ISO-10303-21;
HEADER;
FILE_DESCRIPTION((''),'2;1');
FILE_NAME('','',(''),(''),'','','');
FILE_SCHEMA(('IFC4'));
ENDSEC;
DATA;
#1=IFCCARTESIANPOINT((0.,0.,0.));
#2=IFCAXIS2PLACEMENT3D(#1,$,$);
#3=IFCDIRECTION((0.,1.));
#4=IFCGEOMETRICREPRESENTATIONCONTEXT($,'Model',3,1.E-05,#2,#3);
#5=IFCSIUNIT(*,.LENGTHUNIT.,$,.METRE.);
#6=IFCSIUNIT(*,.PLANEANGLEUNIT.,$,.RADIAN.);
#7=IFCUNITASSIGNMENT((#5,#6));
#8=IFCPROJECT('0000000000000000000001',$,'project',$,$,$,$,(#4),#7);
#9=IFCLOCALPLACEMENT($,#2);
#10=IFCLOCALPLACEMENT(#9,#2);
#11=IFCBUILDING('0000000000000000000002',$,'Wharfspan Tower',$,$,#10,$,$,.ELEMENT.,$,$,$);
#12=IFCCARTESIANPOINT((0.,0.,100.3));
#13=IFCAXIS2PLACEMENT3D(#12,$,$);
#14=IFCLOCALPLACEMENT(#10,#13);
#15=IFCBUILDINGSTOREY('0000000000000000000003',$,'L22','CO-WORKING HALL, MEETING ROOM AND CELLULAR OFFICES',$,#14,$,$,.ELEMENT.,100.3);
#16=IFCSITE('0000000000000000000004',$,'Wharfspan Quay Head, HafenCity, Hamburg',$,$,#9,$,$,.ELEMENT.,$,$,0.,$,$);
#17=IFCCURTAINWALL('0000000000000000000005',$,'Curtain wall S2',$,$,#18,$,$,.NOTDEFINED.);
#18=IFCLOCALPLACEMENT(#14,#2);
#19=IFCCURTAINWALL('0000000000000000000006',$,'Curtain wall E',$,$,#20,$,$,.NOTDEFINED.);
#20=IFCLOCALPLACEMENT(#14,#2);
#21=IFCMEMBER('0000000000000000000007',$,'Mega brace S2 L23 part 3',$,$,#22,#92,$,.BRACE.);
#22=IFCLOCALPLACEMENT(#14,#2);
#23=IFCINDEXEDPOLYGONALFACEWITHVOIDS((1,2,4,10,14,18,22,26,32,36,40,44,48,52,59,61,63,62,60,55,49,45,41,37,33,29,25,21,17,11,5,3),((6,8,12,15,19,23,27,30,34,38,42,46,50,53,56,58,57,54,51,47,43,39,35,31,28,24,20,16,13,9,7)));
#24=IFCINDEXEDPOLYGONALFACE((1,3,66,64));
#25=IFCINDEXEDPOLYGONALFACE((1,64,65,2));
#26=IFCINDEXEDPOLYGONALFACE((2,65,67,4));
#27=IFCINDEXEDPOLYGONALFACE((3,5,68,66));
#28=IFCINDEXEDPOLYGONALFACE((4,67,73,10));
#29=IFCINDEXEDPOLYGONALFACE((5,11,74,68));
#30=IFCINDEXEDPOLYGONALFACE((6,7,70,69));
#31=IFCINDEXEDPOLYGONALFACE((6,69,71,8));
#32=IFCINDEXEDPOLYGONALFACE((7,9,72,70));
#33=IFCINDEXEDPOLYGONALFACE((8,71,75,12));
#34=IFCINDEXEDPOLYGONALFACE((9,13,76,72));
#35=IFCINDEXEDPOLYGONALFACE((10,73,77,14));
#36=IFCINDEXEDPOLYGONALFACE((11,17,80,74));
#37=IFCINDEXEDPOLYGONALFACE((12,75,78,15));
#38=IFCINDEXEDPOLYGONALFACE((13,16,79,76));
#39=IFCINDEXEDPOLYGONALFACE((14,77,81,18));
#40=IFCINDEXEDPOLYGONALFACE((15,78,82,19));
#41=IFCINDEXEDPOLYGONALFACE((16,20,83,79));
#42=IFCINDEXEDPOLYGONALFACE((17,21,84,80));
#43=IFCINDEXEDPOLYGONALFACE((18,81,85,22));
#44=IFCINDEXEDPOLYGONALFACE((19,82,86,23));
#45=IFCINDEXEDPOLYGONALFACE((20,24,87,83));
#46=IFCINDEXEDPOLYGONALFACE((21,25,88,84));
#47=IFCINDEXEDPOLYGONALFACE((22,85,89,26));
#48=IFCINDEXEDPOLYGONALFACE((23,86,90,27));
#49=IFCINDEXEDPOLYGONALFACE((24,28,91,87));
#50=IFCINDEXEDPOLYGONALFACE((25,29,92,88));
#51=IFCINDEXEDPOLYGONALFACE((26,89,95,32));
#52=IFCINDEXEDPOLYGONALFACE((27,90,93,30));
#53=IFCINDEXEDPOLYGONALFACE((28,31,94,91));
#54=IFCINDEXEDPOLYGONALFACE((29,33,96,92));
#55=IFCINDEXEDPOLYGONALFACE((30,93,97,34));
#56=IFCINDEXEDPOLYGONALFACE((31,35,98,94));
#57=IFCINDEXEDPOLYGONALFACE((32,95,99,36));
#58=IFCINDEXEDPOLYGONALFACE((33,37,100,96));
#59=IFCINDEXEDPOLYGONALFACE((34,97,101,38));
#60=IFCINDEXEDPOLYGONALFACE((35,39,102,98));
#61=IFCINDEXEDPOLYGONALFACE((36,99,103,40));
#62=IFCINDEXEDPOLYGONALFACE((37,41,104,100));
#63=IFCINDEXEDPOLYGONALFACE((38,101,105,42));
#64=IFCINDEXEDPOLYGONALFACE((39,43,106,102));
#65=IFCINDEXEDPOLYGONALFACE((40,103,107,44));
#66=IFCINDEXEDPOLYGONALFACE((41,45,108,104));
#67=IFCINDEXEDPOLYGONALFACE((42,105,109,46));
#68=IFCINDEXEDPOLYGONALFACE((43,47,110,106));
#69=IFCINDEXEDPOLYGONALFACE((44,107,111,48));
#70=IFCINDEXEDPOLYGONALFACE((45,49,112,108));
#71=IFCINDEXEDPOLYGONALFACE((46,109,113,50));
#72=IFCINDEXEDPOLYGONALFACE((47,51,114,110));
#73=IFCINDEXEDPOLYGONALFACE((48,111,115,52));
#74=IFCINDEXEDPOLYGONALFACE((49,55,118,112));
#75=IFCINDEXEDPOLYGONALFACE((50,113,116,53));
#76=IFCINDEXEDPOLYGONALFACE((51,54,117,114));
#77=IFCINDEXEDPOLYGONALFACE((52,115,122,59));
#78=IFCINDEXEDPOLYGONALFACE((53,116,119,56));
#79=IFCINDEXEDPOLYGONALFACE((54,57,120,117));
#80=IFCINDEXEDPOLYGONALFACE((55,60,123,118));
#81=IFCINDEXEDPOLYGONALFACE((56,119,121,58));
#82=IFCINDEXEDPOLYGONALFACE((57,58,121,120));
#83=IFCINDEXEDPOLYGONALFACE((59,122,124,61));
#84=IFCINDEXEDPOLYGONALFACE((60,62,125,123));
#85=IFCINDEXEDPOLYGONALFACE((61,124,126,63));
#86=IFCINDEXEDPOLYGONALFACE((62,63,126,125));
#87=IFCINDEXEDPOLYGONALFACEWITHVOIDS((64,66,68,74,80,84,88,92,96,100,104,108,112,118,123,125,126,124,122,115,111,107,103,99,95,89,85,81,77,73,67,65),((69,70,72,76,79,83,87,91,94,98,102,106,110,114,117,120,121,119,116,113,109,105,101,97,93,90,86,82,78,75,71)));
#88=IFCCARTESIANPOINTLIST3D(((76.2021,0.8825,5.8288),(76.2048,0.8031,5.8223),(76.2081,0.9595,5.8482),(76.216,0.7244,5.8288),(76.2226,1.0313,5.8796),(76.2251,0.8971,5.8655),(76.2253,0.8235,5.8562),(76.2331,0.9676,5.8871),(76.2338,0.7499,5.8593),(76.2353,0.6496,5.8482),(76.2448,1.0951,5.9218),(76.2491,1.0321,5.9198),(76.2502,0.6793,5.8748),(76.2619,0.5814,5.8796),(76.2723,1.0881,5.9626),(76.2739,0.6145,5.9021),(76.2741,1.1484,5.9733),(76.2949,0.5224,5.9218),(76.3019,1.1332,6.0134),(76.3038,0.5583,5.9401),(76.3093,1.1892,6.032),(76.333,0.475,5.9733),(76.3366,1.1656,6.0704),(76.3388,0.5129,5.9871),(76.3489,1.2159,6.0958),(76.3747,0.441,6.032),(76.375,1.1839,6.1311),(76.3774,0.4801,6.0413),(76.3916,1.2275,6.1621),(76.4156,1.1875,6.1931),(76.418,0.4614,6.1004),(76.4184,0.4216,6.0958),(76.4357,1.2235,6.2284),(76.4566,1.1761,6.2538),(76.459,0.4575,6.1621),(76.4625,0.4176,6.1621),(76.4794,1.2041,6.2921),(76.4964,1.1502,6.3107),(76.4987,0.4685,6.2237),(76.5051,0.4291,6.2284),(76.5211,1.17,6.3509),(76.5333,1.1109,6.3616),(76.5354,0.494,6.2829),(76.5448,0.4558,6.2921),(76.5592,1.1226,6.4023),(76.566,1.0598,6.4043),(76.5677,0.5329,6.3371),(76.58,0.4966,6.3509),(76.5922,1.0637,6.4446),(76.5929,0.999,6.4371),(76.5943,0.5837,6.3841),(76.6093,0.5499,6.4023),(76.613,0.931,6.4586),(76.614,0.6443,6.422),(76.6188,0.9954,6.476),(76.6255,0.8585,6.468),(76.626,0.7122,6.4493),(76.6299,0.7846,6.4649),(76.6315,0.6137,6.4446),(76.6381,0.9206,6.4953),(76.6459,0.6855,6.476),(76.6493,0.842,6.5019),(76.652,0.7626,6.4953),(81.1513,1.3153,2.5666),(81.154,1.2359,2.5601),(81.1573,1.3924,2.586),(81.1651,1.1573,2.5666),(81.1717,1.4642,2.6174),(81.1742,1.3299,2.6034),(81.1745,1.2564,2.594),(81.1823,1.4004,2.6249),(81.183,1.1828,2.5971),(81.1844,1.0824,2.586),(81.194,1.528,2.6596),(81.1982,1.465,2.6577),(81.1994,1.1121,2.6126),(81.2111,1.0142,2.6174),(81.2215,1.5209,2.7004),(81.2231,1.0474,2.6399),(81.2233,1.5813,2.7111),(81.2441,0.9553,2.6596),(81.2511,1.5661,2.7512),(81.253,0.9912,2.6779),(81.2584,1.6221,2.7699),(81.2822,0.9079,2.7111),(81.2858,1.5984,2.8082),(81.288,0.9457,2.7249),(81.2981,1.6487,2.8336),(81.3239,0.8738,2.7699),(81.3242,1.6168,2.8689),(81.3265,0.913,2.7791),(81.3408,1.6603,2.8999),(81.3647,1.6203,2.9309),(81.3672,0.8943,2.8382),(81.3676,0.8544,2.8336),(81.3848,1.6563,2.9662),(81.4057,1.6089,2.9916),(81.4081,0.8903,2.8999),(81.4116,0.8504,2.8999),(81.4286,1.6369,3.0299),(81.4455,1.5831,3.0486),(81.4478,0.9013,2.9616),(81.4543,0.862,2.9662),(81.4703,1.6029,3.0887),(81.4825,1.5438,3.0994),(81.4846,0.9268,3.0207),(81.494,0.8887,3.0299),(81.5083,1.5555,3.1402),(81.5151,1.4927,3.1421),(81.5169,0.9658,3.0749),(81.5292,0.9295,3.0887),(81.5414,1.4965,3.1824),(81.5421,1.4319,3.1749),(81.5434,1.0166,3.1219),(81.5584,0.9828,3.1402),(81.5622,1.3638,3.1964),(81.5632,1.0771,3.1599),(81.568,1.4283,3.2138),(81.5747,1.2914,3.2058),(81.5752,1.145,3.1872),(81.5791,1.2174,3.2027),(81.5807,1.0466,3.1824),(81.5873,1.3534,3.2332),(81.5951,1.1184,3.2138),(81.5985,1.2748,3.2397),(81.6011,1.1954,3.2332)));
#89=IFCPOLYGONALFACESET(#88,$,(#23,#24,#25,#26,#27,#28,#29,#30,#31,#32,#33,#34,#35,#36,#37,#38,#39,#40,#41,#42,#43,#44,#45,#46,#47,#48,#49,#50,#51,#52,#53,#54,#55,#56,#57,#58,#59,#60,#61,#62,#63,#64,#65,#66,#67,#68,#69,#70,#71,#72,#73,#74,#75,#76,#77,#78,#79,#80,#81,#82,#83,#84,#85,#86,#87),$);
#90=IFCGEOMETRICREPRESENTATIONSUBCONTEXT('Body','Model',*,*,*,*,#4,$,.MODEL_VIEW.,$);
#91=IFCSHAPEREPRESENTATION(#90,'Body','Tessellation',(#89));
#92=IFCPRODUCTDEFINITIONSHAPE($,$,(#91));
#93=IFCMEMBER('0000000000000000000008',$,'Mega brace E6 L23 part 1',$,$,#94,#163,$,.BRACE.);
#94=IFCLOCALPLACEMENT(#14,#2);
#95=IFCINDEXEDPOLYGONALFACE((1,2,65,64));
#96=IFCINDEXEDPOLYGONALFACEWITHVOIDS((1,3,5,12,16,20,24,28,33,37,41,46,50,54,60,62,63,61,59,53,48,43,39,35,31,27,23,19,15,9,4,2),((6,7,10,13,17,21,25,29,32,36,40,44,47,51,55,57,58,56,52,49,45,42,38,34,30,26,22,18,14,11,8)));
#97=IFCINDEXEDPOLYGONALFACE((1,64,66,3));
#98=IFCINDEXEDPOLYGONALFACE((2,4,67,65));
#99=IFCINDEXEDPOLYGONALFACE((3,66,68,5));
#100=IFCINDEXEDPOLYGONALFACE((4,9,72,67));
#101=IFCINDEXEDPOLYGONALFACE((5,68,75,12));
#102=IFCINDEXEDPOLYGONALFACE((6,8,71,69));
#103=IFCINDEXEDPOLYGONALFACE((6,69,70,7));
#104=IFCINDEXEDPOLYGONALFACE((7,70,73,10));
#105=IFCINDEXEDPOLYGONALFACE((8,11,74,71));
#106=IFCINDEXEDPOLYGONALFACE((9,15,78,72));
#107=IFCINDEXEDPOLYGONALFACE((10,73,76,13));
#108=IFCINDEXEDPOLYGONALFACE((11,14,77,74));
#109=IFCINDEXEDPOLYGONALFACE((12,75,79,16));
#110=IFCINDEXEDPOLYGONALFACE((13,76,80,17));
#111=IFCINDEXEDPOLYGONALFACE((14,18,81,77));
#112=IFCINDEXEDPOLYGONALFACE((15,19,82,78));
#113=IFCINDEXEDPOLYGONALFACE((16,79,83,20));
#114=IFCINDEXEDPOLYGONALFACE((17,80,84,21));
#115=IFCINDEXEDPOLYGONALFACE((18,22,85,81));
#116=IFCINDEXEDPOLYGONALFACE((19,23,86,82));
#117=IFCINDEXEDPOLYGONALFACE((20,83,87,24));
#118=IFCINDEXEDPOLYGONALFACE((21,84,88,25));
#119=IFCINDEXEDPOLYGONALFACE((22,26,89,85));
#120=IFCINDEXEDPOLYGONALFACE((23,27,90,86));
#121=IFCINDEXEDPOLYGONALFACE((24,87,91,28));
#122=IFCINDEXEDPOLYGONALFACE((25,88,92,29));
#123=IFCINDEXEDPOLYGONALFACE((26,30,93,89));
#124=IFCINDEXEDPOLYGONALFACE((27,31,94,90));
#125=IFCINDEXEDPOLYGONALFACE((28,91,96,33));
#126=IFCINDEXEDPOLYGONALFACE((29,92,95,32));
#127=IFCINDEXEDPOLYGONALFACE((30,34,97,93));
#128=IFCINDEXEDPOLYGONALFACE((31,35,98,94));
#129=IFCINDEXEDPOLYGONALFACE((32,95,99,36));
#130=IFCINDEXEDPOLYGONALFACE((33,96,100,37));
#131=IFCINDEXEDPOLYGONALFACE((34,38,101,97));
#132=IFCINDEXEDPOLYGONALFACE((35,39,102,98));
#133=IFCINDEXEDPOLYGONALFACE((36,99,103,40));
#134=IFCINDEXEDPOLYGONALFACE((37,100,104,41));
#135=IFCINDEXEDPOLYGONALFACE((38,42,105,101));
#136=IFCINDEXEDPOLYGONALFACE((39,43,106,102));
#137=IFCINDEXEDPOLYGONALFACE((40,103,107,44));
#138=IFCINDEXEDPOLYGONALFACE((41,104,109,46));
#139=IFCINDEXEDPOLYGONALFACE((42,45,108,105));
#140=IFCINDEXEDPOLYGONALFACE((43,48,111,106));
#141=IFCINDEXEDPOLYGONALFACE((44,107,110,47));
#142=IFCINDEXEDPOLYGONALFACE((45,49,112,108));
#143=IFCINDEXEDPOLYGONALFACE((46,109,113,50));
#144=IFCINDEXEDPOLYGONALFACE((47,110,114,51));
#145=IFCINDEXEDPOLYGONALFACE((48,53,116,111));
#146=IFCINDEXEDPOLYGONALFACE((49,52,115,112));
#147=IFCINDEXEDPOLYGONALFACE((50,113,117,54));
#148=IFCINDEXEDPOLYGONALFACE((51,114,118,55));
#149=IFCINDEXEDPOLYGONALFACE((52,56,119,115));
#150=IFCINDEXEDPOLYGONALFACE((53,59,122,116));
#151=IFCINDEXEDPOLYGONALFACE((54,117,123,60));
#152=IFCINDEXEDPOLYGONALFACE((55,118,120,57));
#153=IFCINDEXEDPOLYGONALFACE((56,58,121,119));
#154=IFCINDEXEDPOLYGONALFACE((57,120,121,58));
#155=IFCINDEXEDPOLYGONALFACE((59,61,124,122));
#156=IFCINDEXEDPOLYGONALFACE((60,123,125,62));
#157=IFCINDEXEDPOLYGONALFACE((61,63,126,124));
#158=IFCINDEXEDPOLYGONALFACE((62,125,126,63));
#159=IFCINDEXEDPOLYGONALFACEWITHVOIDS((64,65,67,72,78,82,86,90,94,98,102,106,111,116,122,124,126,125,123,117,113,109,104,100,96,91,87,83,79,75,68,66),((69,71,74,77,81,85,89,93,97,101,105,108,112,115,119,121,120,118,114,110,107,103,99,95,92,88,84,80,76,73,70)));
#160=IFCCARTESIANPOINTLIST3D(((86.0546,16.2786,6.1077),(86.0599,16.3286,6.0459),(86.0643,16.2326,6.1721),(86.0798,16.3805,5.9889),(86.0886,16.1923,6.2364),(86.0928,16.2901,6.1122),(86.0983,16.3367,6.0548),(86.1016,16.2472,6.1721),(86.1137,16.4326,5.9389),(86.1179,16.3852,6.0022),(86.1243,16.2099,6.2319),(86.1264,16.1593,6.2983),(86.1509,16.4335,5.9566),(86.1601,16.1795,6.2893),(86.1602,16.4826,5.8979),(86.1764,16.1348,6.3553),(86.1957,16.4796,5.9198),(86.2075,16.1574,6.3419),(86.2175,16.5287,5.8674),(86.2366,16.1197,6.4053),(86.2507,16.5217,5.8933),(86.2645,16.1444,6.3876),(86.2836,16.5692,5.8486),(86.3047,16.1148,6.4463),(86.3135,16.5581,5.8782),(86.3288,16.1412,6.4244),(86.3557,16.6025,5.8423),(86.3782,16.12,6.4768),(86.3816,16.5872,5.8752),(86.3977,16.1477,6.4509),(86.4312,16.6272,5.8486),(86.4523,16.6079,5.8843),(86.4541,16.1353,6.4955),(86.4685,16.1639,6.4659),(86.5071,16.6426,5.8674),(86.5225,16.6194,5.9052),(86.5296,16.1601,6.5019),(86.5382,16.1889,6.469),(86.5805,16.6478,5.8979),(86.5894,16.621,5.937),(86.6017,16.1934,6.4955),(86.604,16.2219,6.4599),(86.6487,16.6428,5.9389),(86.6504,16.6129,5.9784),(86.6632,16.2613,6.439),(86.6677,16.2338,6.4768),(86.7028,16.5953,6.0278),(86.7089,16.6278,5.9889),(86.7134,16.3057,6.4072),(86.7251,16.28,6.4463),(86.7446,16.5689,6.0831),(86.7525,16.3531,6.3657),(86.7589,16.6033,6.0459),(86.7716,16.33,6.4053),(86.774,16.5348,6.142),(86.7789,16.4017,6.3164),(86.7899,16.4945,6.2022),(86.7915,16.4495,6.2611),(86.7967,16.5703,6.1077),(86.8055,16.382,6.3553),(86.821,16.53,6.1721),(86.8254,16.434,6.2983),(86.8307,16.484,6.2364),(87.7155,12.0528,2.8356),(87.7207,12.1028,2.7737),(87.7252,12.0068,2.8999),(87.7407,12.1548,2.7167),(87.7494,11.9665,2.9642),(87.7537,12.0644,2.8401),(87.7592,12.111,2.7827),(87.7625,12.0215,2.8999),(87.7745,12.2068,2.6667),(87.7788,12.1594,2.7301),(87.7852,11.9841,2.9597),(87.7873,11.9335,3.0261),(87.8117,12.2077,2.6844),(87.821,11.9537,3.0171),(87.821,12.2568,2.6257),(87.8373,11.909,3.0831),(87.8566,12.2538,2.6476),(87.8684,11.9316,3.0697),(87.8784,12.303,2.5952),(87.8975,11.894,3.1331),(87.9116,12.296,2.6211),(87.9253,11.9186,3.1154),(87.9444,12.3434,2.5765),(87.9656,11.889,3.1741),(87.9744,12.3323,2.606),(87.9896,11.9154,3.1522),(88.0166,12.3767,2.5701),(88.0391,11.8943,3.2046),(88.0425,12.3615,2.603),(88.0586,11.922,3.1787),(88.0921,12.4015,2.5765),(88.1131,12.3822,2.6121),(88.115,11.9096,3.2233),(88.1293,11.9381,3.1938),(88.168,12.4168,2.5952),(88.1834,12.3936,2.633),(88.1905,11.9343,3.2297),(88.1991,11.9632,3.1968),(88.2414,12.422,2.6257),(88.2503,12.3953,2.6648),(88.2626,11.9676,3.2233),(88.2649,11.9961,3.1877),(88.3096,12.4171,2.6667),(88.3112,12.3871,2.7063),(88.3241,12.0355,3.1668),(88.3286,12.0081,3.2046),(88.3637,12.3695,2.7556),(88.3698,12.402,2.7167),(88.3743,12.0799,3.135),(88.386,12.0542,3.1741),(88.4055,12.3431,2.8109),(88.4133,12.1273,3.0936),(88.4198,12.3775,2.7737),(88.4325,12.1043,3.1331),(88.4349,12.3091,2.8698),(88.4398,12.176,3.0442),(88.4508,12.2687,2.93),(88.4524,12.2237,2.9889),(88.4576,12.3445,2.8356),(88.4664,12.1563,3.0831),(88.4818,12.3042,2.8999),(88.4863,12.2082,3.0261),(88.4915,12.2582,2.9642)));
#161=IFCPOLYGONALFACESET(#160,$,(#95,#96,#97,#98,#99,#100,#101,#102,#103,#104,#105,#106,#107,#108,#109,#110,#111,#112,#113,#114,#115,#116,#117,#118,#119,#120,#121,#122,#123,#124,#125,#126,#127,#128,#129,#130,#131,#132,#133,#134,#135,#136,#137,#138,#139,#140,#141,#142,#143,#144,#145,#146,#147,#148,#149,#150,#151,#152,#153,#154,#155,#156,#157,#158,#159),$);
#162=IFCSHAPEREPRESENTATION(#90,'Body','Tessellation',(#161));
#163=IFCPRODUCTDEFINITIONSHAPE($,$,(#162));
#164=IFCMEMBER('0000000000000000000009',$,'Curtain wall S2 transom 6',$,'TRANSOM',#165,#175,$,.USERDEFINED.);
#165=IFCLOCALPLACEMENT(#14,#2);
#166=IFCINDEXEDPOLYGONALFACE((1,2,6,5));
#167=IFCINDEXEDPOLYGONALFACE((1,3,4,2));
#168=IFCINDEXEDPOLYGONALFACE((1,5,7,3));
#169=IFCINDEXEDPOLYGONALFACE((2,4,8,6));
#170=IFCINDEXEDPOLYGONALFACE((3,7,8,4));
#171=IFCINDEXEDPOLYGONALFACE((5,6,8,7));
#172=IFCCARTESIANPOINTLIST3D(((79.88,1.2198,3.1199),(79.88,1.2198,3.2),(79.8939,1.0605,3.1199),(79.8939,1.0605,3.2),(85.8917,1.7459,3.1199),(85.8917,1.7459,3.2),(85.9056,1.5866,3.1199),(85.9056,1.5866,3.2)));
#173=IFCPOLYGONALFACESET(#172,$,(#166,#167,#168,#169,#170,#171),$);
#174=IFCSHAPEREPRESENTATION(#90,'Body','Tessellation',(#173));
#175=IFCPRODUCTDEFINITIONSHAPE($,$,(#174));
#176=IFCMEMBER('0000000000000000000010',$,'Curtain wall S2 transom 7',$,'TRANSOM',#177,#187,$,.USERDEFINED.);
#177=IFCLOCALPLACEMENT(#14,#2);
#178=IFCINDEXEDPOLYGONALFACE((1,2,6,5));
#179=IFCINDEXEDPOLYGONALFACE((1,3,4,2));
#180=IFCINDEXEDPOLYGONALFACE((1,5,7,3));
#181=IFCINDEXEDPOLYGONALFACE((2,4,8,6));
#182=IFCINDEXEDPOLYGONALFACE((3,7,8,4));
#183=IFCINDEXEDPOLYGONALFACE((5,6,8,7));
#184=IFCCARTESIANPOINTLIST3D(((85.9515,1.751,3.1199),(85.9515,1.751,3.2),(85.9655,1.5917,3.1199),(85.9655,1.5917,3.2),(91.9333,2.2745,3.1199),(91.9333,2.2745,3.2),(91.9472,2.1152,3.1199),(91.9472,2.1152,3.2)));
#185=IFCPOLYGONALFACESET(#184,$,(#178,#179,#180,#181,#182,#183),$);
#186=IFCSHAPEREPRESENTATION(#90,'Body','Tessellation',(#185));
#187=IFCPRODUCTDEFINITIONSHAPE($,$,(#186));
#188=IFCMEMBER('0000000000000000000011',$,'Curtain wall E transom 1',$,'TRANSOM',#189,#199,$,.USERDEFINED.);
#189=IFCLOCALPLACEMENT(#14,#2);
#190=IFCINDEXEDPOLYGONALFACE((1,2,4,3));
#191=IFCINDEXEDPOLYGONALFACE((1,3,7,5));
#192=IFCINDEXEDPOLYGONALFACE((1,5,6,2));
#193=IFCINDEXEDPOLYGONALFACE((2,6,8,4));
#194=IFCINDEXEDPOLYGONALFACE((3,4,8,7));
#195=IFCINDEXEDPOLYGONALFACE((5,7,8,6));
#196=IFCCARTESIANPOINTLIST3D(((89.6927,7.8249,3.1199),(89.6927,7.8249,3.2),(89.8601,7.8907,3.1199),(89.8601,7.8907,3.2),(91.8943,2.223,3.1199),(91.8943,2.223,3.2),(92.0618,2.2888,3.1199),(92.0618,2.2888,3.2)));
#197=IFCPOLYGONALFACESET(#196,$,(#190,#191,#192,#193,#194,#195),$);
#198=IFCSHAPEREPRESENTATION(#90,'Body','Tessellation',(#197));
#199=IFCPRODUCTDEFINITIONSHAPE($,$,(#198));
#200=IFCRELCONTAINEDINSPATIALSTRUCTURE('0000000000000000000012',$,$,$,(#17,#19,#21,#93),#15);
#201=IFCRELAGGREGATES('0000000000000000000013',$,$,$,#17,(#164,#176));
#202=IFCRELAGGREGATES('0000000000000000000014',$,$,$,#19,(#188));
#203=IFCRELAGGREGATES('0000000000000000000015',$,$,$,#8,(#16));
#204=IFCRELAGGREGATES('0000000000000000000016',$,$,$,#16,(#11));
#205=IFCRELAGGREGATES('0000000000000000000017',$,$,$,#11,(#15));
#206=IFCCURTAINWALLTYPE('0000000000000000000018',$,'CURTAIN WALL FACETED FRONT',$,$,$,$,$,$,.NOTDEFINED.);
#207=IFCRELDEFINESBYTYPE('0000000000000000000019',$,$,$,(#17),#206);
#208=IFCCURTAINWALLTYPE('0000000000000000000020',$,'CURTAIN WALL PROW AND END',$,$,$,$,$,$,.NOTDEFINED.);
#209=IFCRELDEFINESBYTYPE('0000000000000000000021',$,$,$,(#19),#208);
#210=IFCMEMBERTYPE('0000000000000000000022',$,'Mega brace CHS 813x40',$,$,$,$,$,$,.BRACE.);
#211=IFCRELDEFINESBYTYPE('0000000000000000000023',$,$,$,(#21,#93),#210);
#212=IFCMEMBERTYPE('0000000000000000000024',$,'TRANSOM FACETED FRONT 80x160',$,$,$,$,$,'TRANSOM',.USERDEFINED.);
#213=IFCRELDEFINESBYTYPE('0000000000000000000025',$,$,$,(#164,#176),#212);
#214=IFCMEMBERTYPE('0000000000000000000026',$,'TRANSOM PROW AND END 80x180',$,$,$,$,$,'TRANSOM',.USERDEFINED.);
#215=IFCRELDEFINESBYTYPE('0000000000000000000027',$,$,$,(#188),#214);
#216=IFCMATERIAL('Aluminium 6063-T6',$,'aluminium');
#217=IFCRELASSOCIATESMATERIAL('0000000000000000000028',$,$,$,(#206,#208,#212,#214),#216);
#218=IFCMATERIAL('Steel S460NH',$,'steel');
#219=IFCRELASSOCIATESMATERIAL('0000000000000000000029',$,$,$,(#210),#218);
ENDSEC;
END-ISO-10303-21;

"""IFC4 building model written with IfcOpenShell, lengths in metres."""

from ifc_helpers import new_model, si_unit, direction, frame, origin, origin_2d, place, context, subcontext, project, spatial, rectangle, hollow_circle, extrude, material, material_profile, profile_set, type_object, element, aggregate, save


model = new_model("IFC4")

# Units and contexts
model_context = context("Model", 3, precision=1e-05, world=origin(), true_north=direction((0.0, 1.0)))
body_context = subcontext(model_context, "Body", "Model", "MODEL_VIEW")
ifc_project = project(units=[si_unit("LENGTHUNIT", "METRE"), si_unit("PLANEANGLEUNIT", "RADIAN")], contexts=[model_context])

# Site, building, storey
site_placement = place(None, origin())
site = spatial("IfcSite", under=ifc_project, at=site_placement, Name="Wharfspan Quay Head, HafenCity, Hamburg", CompositionType="ELEMENT", RefElevation=0.0)
building_placement = place(site_placement, origin())
building = spatial("IfcBuilding", under=site, at=building_placement, Name="Wharfspan Tower", CompositionType="ELEMENT")
storey_placement = place(building_placement, frame((0.0, 0.0, 100.3)))
storey = spatial("IfcBuildingStorey", under=building, at=storey_placement, Name="L22", Description="CO-WORKING HALL, MEETING ROOM AND CELLULAR OFFICES", CompositionType="ELEMENT", Elevation=100.3)

# Curtain walls
ifc_material_1 = material(Name="Aluminium 6063-T6", Category="aluminium")
curtain_wall_type_1 = type_object("IfcCurtainWallType", Name="CURTAIN WALL FACETED FRONT", PredefinedType="NOTDEFINED", material=ifc_material_1)
curtain_wall_1_placement = place(storey_placement, origin())
curtain_wall_1 = element("IfcCurtainWall", 1, at=curtain_wall_1_placement, inside=storey, type_object=curtain_wall_type_1, Name="Curtain wall S2", PredefinedType="NOTDEFINED")
curtain_wall_type_2 = type_object("IfcCurtainWallType", Name="CURTAIN WALL PROW AND END", PredefinedType="NOTDEFINED", material=ifc_material_1)
curtain_wall_2_placement = place(storey_placement, origin())
curtain_wall_2 = element("IfcCurtainWall", 2, at=curtain_wall_2_placement, inside=storey, type_object=curtain_wall_type_2, Name="Curtain wall E", PredefinedType="NOTDEFINED")

# Members
ifc_material_2 = material(Name="Steel S460NH", Category="steel")
ifc_material_profile_1 = material_profile(ifc_material_2, hollow_circle(Radius=0.4065, WallThickness=0.04, at=origin_2d()))
ifc_profile_set_1 = profile_set([ifc_material_profile_1], Name="Steel S460NH")
member_type_1 = type_object("IfcMemberType", Name="Mega brace CHS 813x40", PredefinedType="BRACE", material=ifc_profile_set_1)
member_1_placement = place(storey_placement, frame((81.3762, 1.2554, 2.8999), z_axis=(-0.832724, -0.07283, 0.548878), x_axis=(0.087128, -0.996197, 0.000001)))
element("IfcMember", 3, at=member_1_placement, inside=storey, type_object=member_type_1, Name="Mega brace S2 L23 part 3", PredefinedType="BRACE", context=body_context, shape_type="SweptSolid", body=[
    extrude(hollow_circle(Radius=0.4065, WallThickness=0.04, at=origin_2d()), origin(), (0.0, 0.0, 1.0), 5.9434),
])
member_2_placement = place(storey_placement, frame((88.1035, 12.1555, 2.8999), z_axis=(-0.29676, 0.755051, 0.584664), x_axis=(-0.930695, -0.365797, 0.000004)))
element("IfcMember", 4, at=member_2_placement, inside=storey, type_object=member_type_1, Name="Mega brace E6 L23 part 1", PredefinedType="BRACE", context=body_context, shape_type="SweptSolid", body=[
    extrude(hollow_circle(Radius=0.4065, WallThickness=0.04, at=origin_2d()), origin(), (0.0, 0.0, 1.0), 5.5967),
])

# Members
ifc_material_profile_2 = material_profile(ifc_material_1, rectangle(XDim=0.1599, YDim=0.0801, at=origin_2d()))
ifc_profile_set_2 = profile_set([ifc_material_profile_2], Name="Aluminium 6063-T6")
member_type_2 = type_object("IfcMemberType", Name="TRANSOM FACETED FRONT 80x160", ElementType="TRANSOM", PredefinedType="USERDEFINED", material=ifc_profile_set_2)
member_3_placement = place(storey_placement, frame((79.887, 1.1401, 3.1599), z_axis=(0.996192, 0.087183, 0.0), x_axis=(-0.087183, 0.996192, 0.0)))
member_3 = element("IfcMember", 5, at=member_3_placement, type_object=member_type_2, Name="Curtain wall S2 transom 6", ObjectType="TRANSOM", PredefinedType="USERDEFINED", context=body_context, shape_type="SweptSolid", body=[
    extrude(rectangle(XDim=0.1599, YDim=0.0801, at=origin_2d()), origin(), (0.0, 0.0, 1.0), 6.0347),
])
member_4_placement = place(storey_placement, frame((85.9585, 1.6714, 3.1599), z_axis=(0.996193, 0.087174, 0.0), x_axis=(-0.087174, 0.996193, 0.0)))
member_4 = element("IfcMember", 6, at=member_4_placement, type_object=member_type_2, Name="Curtain wall S2 transom 7", ObjectType="TRANSOM", PredefinedType="USERDEFINED", context=body_context, shape_type="SweptSolid", body=[
    extrude(rectangle(XDim=0.1599, YDim=0.0801, at=origin_2d()), origin(), (0.0, 0.0, 1.0), 6.0046),
])
ifc_material_profile_3 = material_profile(ifc_material_1, rectangle(XDim=0.1799, YDim=0.0801, at=origin_2d()))
ifc_profile_set_3 = profile_set([ifc_material_profile_3], Name="Aluminium 6063-T6")
member_type_3 = type_object("IfcMemberType", Name="TRANSOM PROW AND END 80x180", ElementType="TRANSOM", PredefinedType="USERDEFINED", material=ifc_profile_set_3)
member_5_placement = place(storey_placement, frame((91.978, 2.2559, 3.1599), z_axis=(-0.365775, 0.930703, 0.0), x_axis=(-0.930703, -0.365775, 0.0)))
member_5 = element("IfcMember", 7, at=member_5_placement, type_object=member_type_3, Name="Curtain wall E transom 1", ObjectType="TRANSOM", PredefinedType="USERDEFINED", context=body_context, shape_type="SweptSolid", body=[
    extrude(rectangle(XDim=0.1799, YDim=0.0801, at=origin_2d()), origin(), (0.0, 0.0, 1.0), 6.019),
])

aggregate(curtain_wall_1, [member_3, member_4])
aggregate(curtain_wall_2, [member_5])

save(model, "model.ifc")
